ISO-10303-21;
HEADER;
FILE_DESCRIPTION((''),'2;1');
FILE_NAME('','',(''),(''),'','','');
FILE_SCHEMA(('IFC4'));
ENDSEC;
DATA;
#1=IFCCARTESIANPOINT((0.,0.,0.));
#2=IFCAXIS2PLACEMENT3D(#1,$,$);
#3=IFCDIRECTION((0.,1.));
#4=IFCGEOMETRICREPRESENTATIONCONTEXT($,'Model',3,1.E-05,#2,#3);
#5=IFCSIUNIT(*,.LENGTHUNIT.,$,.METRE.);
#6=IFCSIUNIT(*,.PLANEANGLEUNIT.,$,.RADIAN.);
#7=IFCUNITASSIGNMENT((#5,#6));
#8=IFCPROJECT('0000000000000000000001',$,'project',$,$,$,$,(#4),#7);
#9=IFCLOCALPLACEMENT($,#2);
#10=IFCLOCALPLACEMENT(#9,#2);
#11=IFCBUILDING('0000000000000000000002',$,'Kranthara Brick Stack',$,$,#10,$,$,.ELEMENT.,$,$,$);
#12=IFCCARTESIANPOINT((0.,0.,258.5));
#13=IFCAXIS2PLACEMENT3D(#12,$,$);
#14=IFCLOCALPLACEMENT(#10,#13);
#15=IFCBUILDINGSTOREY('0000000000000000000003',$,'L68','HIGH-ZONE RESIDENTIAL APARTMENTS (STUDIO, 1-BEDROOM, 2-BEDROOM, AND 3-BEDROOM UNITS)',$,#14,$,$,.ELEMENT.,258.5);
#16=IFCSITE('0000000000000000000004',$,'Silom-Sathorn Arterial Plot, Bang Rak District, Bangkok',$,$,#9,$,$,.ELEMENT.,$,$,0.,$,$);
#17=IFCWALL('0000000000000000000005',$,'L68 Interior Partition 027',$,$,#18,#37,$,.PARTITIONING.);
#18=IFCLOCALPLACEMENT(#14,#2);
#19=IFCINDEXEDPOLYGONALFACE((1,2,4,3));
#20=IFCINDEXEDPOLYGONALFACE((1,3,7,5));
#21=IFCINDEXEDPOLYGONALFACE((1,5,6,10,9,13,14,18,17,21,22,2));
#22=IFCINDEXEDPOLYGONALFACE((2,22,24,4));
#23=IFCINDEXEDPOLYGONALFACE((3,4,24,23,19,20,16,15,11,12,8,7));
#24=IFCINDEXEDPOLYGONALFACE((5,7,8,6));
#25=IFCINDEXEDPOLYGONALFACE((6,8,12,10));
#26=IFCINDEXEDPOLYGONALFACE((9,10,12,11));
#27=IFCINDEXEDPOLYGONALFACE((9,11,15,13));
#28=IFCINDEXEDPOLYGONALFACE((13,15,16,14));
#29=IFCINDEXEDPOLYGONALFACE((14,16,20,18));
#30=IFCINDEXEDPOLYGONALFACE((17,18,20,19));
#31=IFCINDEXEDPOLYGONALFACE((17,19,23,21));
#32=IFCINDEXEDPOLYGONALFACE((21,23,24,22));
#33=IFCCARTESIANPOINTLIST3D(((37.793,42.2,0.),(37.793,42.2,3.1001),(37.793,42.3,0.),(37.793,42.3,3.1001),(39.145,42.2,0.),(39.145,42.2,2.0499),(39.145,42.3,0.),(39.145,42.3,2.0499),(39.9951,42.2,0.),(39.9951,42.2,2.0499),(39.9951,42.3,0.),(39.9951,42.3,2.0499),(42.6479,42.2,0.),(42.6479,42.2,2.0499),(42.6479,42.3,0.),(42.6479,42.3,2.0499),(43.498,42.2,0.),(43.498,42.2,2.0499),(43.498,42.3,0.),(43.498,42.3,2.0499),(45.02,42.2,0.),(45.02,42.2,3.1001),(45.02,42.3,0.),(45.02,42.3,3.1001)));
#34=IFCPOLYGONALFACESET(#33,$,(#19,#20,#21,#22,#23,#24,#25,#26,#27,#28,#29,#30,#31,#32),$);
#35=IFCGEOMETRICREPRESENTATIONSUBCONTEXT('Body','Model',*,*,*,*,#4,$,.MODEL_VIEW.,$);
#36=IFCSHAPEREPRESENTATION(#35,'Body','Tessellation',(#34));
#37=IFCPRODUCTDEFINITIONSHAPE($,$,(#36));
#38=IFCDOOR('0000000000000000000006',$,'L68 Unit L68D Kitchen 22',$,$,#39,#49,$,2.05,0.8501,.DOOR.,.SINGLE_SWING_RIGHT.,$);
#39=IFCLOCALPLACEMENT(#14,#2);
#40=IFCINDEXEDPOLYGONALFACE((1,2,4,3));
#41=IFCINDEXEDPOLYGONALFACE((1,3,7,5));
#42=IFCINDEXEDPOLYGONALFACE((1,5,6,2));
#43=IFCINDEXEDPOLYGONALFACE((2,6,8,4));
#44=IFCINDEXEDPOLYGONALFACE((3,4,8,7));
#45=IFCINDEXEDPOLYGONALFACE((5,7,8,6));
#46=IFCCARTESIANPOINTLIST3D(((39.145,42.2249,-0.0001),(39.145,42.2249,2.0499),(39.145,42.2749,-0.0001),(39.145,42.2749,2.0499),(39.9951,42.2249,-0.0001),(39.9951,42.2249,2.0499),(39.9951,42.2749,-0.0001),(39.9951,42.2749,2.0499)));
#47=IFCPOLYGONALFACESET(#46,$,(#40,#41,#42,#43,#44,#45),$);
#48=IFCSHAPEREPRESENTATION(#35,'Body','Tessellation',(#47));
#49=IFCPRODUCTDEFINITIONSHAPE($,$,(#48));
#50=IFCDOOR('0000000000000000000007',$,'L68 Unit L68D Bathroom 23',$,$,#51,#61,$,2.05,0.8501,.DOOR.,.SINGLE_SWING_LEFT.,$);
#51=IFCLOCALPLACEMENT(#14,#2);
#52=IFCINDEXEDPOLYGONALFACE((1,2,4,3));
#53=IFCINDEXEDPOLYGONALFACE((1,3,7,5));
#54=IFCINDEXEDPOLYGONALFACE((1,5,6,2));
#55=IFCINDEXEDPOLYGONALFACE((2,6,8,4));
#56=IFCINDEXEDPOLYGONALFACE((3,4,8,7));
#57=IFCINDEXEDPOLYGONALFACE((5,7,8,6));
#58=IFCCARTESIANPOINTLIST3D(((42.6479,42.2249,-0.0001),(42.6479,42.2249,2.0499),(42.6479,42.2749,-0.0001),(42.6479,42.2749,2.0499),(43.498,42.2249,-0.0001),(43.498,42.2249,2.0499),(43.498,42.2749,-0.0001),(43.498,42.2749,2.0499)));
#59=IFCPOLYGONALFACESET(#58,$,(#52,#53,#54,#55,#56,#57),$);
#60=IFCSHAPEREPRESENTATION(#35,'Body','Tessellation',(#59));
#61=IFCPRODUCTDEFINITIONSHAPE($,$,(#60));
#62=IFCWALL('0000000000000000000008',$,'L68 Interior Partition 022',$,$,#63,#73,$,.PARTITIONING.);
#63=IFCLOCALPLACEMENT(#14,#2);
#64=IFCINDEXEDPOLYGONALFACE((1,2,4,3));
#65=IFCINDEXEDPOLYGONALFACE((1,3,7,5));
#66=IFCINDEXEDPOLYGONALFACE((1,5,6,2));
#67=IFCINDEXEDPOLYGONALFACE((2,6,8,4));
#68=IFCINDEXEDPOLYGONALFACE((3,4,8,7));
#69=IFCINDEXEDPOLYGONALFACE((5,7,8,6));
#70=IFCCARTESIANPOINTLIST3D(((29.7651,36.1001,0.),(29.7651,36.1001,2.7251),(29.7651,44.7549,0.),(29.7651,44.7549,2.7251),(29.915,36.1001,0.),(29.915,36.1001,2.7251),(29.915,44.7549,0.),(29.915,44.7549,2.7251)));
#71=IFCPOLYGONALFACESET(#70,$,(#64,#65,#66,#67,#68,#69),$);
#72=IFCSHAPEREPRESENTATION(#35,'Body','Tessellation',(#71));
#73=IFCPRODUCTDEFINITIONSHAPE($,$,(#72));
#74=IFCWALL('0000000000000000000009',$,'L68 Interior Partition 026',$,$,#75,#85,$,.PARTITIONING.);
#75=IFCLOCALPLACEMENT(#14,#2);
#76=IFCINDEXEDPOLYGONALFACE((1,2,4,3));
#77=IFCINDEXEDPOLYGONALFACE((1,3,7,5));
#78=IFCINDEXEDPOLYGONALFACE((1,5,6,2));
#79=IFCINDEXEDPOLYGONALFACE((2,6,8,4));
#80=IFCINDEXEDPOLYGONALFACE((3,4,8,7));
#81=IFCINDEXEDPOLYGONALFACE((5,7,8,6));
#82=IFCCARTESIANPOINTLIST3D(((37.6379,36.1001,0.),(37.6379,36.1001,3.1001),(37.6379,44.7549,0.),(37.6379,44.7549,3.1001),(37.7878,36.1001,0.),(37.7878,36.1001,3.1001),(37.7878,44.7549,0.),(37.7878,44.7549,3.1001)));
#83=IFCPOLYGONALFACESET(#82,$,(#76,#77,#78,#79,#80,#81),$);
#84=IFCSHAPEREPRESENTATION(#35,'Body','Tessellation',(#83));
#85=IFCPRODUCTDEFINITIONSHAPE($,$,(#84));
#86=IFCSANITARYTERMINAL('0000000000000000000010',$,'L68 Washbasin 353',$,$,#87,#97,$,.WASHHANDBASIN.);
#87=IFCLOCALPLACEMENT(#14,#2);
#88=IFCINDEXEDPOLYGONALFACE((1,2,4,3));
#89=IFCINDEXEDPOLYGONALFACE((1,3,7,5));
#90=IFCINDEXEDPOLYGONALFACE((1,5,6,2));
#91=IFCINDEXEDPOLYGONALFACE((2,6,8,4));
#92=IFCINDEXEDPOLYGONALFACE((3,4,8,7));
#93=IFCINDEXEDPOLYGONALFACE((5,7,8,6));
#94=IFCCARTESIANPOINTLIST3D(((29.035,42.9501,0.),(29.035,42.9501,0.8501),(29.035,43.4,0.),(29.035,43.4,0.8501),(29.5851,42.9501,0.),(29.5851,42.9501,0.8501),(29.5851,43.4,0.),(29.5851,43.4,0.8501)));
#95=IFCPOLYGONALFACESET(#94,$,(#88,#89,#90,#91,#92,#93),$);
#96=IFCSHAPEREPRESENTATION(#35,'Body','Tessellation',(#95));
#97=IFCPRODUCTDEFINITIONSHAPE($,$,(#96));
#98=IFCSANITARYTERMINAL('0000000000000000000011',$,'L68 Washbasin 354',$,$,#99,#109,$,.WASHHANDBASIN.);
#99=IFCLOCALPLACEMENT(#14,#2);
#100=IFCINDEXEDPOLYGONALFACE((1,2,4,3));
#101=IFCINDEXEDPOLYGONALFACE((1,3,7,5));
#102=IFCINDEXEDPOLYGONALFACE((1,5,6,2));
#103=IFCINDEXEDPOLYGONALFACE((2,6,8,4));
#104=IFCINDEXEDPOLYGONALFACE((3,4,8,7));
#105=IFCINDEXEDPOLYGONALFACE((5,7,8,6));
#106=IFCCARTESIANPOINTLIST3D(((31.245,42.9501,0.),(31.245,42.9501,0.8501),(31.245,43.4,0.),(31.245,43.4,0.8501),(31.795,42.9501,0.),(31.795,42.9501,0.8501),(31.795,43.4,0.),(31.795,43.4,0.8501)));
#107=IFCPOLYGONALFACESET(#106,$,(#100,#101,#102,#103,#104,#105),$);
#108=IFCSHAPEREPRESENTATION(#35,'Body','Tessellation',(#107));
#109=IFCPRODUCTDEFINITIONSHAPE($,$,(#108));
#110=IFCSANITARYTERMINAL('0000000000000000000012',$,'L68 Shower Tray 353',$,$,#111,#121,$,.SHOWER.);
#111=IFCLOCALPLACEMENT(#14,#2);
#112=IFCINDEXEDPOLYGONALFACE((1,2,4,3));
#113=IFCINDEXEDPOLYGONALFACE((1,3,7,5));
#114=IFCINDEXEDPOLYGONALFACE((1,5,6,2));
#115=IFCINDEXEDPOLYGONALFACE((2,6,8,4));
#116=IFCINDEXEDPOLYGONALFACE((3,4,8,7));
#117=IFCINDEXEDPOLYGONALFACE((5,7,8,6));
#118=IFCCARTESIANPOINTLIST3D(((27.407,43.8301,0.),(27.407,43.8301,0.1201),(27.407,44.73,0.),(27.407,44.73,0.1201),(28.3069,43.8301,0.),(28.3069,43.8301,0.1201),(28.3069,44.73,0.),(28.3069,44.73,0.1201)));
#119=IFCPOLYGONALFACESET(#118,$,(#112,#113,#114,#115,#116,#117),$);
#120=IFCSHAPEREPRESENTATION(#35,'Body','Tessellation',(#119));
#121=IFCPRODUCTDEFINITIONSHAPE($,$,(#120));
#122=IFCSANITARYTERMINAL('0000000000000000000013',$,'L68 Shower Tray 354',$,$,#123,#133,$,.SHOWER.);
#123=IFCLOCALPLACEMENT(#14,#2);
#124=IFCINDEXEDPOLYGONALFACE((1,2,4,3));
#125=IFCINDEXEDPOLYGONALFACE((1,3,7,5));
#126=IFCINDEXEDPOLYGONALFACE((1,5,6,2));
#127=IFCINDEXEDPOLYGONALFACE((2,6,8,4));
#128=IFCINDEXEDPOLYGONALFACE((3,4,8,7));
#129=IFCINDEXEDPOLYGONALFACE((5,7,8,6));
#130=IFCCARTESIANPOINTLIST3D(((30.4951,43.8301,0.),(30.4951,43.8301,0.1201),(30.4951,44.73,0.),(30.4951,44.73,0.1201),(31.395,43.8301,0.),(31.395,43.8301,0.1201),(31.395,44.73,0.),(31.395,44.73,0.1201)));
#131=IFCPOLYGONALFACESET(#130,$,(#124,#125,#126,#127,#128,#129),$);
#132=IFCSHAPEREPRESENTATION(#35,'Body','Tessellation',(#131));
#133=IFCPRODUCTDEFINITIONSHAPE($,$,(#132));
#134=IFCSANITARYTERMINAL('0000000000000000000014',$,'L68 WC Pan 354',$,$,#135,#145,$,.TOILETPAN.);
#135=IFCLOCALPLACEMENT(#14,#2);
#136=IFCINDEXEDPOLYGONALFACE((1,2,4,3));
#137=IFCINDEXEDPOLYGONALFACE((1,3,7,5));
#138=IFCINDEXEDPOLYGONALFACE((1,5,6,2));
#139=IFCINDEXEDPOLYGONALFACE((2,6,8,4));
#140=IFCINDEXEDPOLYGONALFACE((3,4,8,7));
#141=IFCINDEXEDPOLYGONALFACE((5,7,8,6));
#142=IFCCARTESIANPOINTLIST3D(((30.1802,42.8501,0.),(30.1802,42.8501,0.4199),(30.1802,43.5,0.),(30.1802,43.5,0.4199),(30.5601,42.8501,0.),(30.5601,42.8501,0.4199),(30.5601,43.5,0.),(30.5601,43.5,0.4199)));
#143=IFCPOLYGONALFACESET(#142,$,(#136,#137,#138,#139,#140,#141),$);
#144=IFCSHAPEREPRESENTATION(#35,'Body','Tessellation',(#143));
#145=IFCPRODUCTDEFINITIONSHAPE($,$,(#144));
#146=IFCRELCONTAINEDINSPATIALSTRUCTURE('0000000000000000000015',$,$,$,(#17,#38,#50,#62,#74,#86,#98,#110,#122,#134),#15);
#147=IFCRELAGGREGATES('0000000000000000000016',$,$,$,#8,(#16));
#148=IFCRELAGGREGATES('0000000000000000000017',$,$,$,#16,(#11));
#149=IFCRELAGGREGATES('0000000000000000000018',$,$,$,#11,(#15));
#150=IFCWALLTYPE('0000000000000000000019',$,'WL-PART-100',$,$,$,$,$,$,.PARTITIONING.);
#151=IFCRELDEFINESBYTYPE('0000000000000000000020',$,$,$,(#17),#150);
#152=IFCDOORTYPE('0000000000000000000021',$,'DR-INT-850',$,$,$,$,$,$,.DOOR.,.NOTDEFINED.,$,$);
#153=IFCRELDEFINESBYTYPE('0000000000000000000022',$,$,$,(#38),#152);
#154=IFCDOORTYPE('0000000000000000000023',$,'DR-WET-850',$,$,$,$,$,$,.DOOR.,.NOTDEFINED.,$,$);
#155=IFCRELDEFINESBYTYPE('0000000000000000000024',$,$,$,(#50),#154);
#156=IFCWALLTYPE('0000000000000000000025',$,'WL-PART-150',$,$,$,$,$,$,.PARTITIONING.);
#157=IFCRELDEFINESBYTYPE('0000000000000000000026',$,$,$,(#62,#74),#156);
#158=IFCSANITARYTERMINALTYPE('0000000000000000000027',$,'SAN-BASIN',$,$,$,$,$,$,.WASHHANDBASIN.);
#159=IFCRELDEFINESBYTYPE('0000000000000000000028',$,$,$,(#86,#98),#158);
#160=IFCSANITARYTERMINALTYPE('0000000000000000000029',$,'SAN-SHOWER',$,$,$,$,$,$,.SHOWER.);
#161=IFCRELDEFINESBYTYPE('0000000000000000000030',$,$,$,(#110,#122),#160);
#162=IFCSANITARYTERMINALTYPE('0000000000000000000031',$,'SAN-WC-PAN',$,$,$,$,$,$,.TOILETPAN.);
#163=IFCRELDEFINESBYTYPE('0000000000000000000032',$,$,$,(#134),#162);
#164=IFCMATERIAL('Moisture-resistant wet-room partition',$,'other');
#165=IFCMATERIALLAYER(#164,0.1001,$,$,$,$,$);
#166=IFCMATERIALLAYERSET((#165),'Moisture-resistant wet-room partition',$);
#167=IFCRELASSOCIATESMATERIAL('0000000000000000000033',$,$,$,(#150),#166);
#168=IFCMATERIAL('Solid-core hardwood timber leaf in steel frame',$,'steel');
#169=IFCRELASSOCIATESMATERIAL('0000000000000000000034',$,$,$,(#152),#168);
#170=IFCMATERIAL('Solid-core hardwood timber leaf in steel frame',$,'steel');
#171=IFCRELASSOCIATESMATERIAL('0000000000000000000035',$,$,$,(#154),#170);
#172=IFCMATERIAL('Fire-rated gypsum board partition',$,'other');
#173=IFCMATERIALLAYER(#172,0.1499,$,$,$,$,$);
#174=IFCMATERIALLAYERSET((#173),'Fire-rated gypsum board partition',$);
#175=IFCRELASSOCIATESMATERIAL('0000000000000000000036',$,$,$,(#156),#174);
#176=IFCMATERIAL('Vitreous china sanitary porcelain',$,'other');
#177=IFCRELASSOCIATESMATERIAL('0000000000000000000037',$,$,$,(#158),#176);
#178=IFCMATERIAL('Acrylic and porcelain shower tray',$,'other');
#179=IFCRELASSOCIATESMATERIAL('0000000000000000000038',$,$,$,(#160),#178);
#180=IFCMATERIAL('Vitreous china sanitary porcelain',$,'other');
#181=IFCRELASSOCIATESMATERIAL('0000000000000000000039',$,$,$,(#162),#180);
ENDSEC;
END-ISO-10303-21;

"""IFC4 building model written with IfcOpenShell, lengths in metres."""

from ifc_helpers import new_model, si_unit, direction, frame, frame_2d, origin, origin_2d, place, context, subcontext, project, spatial, rectangle, extrude, material, layer, layer_set, type_object, element, fill, save


model = new_model("IFC4")

# Units and contexts
model_context = context("Model", 3, precision=1e-05, world=origin(), true_north=direction((0.0, 1.0)))
body_context = subcontext(model_context, "Body", "Model", "MODEL_VIEW")
ifc_project = project(units=[si_unit("LENGTHUNIT", "METRE"), si_unit("PLANEANGLEUNIT", "RADIAN")], contexts=[model_context])

# Site, building, storey
site_placement = place(None, origin())
site = spatial("IfcSite", under=ifc_project, at=site_placement, Name="Silom-Sathorn Arterial Plot, Bang Rak District, Bangkok", CompositionType="ELEMENT", RefElevation=0.0)
building_placement = place(site_placement, origin())
building = spatial("IfcBuilding", under=site, at=building_placement, Name="Kranthara Brick Stack", CompositionType="ELEMENT")
storey_placement = place(building_placement, frame((0.0, 0.0, 258.5)))
storey = spatial("IfcBuildingStorey", under=building, at=storey_placement, Name="L68", Description="HIGH-ZONE RESIDENTIAL APARTMENTS (STUDIO, 1-BEDROOM, 2-BEDROOM, AND 3-BEDROOM UNITS)", CompositionType="ELEMENT", Elevation=258.5)

# Shared definitions
ifc_material_1 = material(Name="Moisture-resistant wet-room partition", Category="other")
ifc_layer_1 = layer(ifc_material_1, 0.1001)
ifc_layer_set_1 = layer_set([ifc_layer_1], Name="Moisture-resistant wet-room partition")
wall_type_1 = type_object("IfcWallType", Name="WL-PART-100", PredefinedType="PARTITIONING", material=ifc_layer_set_1)
ifc_material_2 = material(Name="Solid-core hardwood timber leaf in steel frame", Category="steel")
door_type_1 = type_object("IfcDoorType", Name="DR-INT-850", OperationType="NOTDEFINED", PredefinedType="DOOR", material=ifc_material_2)
ifc_material_3 = material(Name="Solid-core hardwood timber leaf in steel frame", Category="steel")
door_type_2 = type_object("IfcDoorType", Name="DR-WET-850", OperationType="NOTDEFINED", PredefinedType="DOOR", material=ifc_material_3)

# Wall, openings, doors
wall_1_placement = place(storey_placement, frame((37.793, 42.25, 0.0), z_axis=(0.0, 0.0, 1.0), x_axis=(1.0, 0.0, 0.0)))
wall_1 = element("IfcWall", 1, at=wall_1_placement, inside=storey, type_object=wall_type_1, Name="L68 Interior Partition 027", PredefinedType="PARTITIONING", context=body_context, shape_type="SweptSolid", body=[
    extrude(rectangle(XDim=7.2271, YDim=0.1001, at=frame_2d((3.6135, 0.0))), origin(), (0.0, 0.0, 1.0), 3.1001),
])
opening_1_placement = place(wall_1_placement, frame((1.3521, 0.0, 0.0)))
opening_1 = element("IfcOpeningElement", 2, at=opening_1_placement, cuts=wall_1, PredefinedType="OPENING", context=body_context, shape_type="SweptSolid", body=[
    extrude(rectangle(XDim=0.8501, YDim=2.05, at=frame_2d((0.425, 1.0249))), frame((0.0, 0.0601, 0.0), z_axis=(0.0, -1.0, 0.0), x_axis=(1.0, 0.0, 0.0)), (0.0, 0.0, 1.0), 0.1201),
])
opening_2_placement = place(wall_1_placement, frame((4.855, 0.0, 0.0)))
opening_2 = element("IfcOpeningElement", 3, at=opening_2_placement, cuts=wall_1, PredefinedType="OPENING", context=body_context, shape_type="SweptSolid", body=[
    extrude(rectangle(XDim=0.8501, YDim=2.05, at=frame_2d((0.425, 1.0249))), frame((0.0, 0.0601, 0.0), z_axis=(0.0, -1.0, 0.0), x_axis=(1.0, 0.0, 0.0)), (0.0, 0.0, 1.0), 0.1201),
])
door_1_placement = place(opening_1_placement, origin())
door_1 = element("IfcDoor", 4, at=door_1_placement, inside=storey, type_object=door_type_1, Name="L68 Unit L68D Kitchen 22", OperationType="SINGLE_SWING_RIGHT", OverallHeight=2.05, OverallWidth=0.8501, PredefinedType="DOOR", context=body_context, shape_type="SweptSolid", body=[
    extrude(rectangle(XDim=0.8501, YDim=2.05, at=frame_2d((0.425, 1.0249))), frame((0.0, 0.0249, 0.0), z_axis=(0.0, -1.0, 0.0), x_axis=(1.0, 0.0, 0.0)), (0.0, 0.0, 1.0), 0.05),
])
fill(opening_1, door_1)
door_2_placement = place(opening_2_placement, origin())
door_2 = element("IfcDoor", 5, at=door_2_placement, inside=storey, type_object=door_type_2, Name="L68 Unit L68D Bathroom 23", OperationType="SINGLE_SWING_LEFT", OverallHeight=2.05, OverallWidth=0.8501, PredefinedType="DOOR", context=body_context, shape_type="SweptSolid", body=[
    extrude(rectangle(XDim=0.8501, YDim=2.05, at=frame_2d((0.425, 1.0249))), frame((0.0, 0.0249, 0.0), z_axis=(0.0, -1.0, 0.0), x_axis=(1.0, 0.0, 0.0)), (0.0, 0.0, 1.0), 0.05),
])
fill(opening_2, door_2)

# Walls
ifc_material_4 = material(Name="Fire-rated gypsum board partition", Category="other")
ifc_layer_2 = layer(ifc_material_4, 0.1499)
ifc_layer_set_2 = layer_set([ifc_layer_2], Name="Fire-rated gypsum board partition")
wall_type_2 = type_object("IfcWallType", Name="WL-PART-150", PredefinedType="PARTITIONING", material=ifc_layer_set_2)
wall_2_placement = place(storey_placement, frame((29.8401, 36.1001, 0.0), z_axis=(0.0, 0.0, 1.0), x_axis=(0.0, 1.0, 0.0)))
element("IfcWall", 6, at=wall_2_placement, inside=storey, type_object=wall_type_2, Name="L68 Interior Partition 022", PredefinedType="PARTITIONING", context=body_context, shape_type="SweptSolid", body=[
    extrude(rectangle(XDim=8.6548, YDim=0.1499, at=frame_2d((4.3274, 0.0))), origin(), (0.0, 0.0, 1.0), 2.7251),
])
wall_3_placement = place(storey_placement, frame((37.7129, 36.1001, 0.0), z_axis=(0.0, 0.0, 1.0), x_axis=(0.0, 1.0, 0.0)))
element("IfcWall", 7, at=wall_3_placement, inside=storey, type_object=wall_type_2, Name="L68 Interior Partition 026", PredefinedType="PARTITIONING", context=body_context, shape_type="SweptSolid", body=[
    extrude(rectangle(XDim=8.6548, YDim=0.1499, at=frame_2d((4.3274, 0.0))), origin(), (0.0, 0.0, 1.0), 3.1001),
])

# Sanitary terminals
ifc_material_5 = material(Name="Vitreous china sanitary porcelain", Category="other")
sanitary_terminal_type_1 = type_object("IfcSanitaryTerminalType", Name="SAN-BASIN", PredefinedType="WASHHANDBASIN", material=ifc_material_5)
for number, where, z_axis, x_axis, name in (
    (8, (29.3101, 43.175, 0.0), (0.0, 0.0, 1.0), (1.0, 0.0, 0.0), "L68 Washbasin 353"),
    (9, (31.52, 43.175, 0.0), (0.0, 0.0, 1.0), (1.0, 0.0, 0.0), "L68 Washbasin 354"),
):
    element("IfcSanitaryTerminal", number, at=place(storey_placement, frame(where, z_axis=z_axis, x_axis=x_axis)), inside=storey, type_object=sanitary_terminal_type_1, Name=name, PredefinedType="WASHHANDBASIN", context=body_context, shape_type="SweptSolid", body=[
        extrude(rectangle(XDim=0.55, YDim=0.45, at=origin_2d()), origin(), (0.0, 0.0, 1.0), 0.8501),
    ])
ifc_material_6 = material(Name="Acrylic and porcelain shower tray", Category="other")
sanitary_terminal_type_2 = type_object("IfcSanitaryTerminalType", Name="SAN-SHOWER", PredefinedType="SHOWER", material=ifc_material_6)
for number, where, z_axis, x_axis, name in (
    (10, (27.8569, 44.28, 0.0), (0.0, 0.0, 1.0), (1.0, 0.0, 0.0), "L68 Shower Tray 353"),
    (11, (30.9451, 44.28, 0.0), (0.0, 0.0, 1.0), (1.0, 0.0, 0.0), "L68 Shower Tray 354"),
):
    element("IfcSanitaryTerminal", number, at=place(storey_placement, frame(where, z_axis=z_axis, x_axis=x_axis)), inside=storey, type_object=sanitary_terminal_type_2, Name=name, PredefinedType="SHOWER", context=body_context, shape_type="SweptSolid", body=[
        extrude(rectangle(XDim=0.8999, YDim=0.8999, at=origin_2d()), origin(), (0.0, 0.0, 1.0), 0.1201),
    ])
ifc_material_7 = material(Name="Vitreous china sanitary porcelain", Category="other")
sanitary_terminal_type_3 = type_object("IfcSanitaryTerminalType", Name="SAN-WC-PAN", PredefinedType="TOILETPAN", material=ifc_material_7)
sanitary_terminal_placement = place(storey_placement, frame((30.3701, 43.175, 0.0), z_axis=(0.0, 0.0, 1.0), x_axis=(1.0, 0.0, 0.0)))
element("IfcSanitaryTerminal", 12, at=sanitary_terminal_placement, inside=storey, type_object=sanitary_terminal_type_3, Name="L68 WC Pan 354", PredefinedType="TOILETPAN", context=body_context, shape_type="SweptSolid", body=[
    extrude(rectangle(XDim=0.3799, YDim=0.6499, at=origin_2d()), origin(), (0.0, 0.0, 1.0), 0.4199),
])

save(model, "model.ifc")
